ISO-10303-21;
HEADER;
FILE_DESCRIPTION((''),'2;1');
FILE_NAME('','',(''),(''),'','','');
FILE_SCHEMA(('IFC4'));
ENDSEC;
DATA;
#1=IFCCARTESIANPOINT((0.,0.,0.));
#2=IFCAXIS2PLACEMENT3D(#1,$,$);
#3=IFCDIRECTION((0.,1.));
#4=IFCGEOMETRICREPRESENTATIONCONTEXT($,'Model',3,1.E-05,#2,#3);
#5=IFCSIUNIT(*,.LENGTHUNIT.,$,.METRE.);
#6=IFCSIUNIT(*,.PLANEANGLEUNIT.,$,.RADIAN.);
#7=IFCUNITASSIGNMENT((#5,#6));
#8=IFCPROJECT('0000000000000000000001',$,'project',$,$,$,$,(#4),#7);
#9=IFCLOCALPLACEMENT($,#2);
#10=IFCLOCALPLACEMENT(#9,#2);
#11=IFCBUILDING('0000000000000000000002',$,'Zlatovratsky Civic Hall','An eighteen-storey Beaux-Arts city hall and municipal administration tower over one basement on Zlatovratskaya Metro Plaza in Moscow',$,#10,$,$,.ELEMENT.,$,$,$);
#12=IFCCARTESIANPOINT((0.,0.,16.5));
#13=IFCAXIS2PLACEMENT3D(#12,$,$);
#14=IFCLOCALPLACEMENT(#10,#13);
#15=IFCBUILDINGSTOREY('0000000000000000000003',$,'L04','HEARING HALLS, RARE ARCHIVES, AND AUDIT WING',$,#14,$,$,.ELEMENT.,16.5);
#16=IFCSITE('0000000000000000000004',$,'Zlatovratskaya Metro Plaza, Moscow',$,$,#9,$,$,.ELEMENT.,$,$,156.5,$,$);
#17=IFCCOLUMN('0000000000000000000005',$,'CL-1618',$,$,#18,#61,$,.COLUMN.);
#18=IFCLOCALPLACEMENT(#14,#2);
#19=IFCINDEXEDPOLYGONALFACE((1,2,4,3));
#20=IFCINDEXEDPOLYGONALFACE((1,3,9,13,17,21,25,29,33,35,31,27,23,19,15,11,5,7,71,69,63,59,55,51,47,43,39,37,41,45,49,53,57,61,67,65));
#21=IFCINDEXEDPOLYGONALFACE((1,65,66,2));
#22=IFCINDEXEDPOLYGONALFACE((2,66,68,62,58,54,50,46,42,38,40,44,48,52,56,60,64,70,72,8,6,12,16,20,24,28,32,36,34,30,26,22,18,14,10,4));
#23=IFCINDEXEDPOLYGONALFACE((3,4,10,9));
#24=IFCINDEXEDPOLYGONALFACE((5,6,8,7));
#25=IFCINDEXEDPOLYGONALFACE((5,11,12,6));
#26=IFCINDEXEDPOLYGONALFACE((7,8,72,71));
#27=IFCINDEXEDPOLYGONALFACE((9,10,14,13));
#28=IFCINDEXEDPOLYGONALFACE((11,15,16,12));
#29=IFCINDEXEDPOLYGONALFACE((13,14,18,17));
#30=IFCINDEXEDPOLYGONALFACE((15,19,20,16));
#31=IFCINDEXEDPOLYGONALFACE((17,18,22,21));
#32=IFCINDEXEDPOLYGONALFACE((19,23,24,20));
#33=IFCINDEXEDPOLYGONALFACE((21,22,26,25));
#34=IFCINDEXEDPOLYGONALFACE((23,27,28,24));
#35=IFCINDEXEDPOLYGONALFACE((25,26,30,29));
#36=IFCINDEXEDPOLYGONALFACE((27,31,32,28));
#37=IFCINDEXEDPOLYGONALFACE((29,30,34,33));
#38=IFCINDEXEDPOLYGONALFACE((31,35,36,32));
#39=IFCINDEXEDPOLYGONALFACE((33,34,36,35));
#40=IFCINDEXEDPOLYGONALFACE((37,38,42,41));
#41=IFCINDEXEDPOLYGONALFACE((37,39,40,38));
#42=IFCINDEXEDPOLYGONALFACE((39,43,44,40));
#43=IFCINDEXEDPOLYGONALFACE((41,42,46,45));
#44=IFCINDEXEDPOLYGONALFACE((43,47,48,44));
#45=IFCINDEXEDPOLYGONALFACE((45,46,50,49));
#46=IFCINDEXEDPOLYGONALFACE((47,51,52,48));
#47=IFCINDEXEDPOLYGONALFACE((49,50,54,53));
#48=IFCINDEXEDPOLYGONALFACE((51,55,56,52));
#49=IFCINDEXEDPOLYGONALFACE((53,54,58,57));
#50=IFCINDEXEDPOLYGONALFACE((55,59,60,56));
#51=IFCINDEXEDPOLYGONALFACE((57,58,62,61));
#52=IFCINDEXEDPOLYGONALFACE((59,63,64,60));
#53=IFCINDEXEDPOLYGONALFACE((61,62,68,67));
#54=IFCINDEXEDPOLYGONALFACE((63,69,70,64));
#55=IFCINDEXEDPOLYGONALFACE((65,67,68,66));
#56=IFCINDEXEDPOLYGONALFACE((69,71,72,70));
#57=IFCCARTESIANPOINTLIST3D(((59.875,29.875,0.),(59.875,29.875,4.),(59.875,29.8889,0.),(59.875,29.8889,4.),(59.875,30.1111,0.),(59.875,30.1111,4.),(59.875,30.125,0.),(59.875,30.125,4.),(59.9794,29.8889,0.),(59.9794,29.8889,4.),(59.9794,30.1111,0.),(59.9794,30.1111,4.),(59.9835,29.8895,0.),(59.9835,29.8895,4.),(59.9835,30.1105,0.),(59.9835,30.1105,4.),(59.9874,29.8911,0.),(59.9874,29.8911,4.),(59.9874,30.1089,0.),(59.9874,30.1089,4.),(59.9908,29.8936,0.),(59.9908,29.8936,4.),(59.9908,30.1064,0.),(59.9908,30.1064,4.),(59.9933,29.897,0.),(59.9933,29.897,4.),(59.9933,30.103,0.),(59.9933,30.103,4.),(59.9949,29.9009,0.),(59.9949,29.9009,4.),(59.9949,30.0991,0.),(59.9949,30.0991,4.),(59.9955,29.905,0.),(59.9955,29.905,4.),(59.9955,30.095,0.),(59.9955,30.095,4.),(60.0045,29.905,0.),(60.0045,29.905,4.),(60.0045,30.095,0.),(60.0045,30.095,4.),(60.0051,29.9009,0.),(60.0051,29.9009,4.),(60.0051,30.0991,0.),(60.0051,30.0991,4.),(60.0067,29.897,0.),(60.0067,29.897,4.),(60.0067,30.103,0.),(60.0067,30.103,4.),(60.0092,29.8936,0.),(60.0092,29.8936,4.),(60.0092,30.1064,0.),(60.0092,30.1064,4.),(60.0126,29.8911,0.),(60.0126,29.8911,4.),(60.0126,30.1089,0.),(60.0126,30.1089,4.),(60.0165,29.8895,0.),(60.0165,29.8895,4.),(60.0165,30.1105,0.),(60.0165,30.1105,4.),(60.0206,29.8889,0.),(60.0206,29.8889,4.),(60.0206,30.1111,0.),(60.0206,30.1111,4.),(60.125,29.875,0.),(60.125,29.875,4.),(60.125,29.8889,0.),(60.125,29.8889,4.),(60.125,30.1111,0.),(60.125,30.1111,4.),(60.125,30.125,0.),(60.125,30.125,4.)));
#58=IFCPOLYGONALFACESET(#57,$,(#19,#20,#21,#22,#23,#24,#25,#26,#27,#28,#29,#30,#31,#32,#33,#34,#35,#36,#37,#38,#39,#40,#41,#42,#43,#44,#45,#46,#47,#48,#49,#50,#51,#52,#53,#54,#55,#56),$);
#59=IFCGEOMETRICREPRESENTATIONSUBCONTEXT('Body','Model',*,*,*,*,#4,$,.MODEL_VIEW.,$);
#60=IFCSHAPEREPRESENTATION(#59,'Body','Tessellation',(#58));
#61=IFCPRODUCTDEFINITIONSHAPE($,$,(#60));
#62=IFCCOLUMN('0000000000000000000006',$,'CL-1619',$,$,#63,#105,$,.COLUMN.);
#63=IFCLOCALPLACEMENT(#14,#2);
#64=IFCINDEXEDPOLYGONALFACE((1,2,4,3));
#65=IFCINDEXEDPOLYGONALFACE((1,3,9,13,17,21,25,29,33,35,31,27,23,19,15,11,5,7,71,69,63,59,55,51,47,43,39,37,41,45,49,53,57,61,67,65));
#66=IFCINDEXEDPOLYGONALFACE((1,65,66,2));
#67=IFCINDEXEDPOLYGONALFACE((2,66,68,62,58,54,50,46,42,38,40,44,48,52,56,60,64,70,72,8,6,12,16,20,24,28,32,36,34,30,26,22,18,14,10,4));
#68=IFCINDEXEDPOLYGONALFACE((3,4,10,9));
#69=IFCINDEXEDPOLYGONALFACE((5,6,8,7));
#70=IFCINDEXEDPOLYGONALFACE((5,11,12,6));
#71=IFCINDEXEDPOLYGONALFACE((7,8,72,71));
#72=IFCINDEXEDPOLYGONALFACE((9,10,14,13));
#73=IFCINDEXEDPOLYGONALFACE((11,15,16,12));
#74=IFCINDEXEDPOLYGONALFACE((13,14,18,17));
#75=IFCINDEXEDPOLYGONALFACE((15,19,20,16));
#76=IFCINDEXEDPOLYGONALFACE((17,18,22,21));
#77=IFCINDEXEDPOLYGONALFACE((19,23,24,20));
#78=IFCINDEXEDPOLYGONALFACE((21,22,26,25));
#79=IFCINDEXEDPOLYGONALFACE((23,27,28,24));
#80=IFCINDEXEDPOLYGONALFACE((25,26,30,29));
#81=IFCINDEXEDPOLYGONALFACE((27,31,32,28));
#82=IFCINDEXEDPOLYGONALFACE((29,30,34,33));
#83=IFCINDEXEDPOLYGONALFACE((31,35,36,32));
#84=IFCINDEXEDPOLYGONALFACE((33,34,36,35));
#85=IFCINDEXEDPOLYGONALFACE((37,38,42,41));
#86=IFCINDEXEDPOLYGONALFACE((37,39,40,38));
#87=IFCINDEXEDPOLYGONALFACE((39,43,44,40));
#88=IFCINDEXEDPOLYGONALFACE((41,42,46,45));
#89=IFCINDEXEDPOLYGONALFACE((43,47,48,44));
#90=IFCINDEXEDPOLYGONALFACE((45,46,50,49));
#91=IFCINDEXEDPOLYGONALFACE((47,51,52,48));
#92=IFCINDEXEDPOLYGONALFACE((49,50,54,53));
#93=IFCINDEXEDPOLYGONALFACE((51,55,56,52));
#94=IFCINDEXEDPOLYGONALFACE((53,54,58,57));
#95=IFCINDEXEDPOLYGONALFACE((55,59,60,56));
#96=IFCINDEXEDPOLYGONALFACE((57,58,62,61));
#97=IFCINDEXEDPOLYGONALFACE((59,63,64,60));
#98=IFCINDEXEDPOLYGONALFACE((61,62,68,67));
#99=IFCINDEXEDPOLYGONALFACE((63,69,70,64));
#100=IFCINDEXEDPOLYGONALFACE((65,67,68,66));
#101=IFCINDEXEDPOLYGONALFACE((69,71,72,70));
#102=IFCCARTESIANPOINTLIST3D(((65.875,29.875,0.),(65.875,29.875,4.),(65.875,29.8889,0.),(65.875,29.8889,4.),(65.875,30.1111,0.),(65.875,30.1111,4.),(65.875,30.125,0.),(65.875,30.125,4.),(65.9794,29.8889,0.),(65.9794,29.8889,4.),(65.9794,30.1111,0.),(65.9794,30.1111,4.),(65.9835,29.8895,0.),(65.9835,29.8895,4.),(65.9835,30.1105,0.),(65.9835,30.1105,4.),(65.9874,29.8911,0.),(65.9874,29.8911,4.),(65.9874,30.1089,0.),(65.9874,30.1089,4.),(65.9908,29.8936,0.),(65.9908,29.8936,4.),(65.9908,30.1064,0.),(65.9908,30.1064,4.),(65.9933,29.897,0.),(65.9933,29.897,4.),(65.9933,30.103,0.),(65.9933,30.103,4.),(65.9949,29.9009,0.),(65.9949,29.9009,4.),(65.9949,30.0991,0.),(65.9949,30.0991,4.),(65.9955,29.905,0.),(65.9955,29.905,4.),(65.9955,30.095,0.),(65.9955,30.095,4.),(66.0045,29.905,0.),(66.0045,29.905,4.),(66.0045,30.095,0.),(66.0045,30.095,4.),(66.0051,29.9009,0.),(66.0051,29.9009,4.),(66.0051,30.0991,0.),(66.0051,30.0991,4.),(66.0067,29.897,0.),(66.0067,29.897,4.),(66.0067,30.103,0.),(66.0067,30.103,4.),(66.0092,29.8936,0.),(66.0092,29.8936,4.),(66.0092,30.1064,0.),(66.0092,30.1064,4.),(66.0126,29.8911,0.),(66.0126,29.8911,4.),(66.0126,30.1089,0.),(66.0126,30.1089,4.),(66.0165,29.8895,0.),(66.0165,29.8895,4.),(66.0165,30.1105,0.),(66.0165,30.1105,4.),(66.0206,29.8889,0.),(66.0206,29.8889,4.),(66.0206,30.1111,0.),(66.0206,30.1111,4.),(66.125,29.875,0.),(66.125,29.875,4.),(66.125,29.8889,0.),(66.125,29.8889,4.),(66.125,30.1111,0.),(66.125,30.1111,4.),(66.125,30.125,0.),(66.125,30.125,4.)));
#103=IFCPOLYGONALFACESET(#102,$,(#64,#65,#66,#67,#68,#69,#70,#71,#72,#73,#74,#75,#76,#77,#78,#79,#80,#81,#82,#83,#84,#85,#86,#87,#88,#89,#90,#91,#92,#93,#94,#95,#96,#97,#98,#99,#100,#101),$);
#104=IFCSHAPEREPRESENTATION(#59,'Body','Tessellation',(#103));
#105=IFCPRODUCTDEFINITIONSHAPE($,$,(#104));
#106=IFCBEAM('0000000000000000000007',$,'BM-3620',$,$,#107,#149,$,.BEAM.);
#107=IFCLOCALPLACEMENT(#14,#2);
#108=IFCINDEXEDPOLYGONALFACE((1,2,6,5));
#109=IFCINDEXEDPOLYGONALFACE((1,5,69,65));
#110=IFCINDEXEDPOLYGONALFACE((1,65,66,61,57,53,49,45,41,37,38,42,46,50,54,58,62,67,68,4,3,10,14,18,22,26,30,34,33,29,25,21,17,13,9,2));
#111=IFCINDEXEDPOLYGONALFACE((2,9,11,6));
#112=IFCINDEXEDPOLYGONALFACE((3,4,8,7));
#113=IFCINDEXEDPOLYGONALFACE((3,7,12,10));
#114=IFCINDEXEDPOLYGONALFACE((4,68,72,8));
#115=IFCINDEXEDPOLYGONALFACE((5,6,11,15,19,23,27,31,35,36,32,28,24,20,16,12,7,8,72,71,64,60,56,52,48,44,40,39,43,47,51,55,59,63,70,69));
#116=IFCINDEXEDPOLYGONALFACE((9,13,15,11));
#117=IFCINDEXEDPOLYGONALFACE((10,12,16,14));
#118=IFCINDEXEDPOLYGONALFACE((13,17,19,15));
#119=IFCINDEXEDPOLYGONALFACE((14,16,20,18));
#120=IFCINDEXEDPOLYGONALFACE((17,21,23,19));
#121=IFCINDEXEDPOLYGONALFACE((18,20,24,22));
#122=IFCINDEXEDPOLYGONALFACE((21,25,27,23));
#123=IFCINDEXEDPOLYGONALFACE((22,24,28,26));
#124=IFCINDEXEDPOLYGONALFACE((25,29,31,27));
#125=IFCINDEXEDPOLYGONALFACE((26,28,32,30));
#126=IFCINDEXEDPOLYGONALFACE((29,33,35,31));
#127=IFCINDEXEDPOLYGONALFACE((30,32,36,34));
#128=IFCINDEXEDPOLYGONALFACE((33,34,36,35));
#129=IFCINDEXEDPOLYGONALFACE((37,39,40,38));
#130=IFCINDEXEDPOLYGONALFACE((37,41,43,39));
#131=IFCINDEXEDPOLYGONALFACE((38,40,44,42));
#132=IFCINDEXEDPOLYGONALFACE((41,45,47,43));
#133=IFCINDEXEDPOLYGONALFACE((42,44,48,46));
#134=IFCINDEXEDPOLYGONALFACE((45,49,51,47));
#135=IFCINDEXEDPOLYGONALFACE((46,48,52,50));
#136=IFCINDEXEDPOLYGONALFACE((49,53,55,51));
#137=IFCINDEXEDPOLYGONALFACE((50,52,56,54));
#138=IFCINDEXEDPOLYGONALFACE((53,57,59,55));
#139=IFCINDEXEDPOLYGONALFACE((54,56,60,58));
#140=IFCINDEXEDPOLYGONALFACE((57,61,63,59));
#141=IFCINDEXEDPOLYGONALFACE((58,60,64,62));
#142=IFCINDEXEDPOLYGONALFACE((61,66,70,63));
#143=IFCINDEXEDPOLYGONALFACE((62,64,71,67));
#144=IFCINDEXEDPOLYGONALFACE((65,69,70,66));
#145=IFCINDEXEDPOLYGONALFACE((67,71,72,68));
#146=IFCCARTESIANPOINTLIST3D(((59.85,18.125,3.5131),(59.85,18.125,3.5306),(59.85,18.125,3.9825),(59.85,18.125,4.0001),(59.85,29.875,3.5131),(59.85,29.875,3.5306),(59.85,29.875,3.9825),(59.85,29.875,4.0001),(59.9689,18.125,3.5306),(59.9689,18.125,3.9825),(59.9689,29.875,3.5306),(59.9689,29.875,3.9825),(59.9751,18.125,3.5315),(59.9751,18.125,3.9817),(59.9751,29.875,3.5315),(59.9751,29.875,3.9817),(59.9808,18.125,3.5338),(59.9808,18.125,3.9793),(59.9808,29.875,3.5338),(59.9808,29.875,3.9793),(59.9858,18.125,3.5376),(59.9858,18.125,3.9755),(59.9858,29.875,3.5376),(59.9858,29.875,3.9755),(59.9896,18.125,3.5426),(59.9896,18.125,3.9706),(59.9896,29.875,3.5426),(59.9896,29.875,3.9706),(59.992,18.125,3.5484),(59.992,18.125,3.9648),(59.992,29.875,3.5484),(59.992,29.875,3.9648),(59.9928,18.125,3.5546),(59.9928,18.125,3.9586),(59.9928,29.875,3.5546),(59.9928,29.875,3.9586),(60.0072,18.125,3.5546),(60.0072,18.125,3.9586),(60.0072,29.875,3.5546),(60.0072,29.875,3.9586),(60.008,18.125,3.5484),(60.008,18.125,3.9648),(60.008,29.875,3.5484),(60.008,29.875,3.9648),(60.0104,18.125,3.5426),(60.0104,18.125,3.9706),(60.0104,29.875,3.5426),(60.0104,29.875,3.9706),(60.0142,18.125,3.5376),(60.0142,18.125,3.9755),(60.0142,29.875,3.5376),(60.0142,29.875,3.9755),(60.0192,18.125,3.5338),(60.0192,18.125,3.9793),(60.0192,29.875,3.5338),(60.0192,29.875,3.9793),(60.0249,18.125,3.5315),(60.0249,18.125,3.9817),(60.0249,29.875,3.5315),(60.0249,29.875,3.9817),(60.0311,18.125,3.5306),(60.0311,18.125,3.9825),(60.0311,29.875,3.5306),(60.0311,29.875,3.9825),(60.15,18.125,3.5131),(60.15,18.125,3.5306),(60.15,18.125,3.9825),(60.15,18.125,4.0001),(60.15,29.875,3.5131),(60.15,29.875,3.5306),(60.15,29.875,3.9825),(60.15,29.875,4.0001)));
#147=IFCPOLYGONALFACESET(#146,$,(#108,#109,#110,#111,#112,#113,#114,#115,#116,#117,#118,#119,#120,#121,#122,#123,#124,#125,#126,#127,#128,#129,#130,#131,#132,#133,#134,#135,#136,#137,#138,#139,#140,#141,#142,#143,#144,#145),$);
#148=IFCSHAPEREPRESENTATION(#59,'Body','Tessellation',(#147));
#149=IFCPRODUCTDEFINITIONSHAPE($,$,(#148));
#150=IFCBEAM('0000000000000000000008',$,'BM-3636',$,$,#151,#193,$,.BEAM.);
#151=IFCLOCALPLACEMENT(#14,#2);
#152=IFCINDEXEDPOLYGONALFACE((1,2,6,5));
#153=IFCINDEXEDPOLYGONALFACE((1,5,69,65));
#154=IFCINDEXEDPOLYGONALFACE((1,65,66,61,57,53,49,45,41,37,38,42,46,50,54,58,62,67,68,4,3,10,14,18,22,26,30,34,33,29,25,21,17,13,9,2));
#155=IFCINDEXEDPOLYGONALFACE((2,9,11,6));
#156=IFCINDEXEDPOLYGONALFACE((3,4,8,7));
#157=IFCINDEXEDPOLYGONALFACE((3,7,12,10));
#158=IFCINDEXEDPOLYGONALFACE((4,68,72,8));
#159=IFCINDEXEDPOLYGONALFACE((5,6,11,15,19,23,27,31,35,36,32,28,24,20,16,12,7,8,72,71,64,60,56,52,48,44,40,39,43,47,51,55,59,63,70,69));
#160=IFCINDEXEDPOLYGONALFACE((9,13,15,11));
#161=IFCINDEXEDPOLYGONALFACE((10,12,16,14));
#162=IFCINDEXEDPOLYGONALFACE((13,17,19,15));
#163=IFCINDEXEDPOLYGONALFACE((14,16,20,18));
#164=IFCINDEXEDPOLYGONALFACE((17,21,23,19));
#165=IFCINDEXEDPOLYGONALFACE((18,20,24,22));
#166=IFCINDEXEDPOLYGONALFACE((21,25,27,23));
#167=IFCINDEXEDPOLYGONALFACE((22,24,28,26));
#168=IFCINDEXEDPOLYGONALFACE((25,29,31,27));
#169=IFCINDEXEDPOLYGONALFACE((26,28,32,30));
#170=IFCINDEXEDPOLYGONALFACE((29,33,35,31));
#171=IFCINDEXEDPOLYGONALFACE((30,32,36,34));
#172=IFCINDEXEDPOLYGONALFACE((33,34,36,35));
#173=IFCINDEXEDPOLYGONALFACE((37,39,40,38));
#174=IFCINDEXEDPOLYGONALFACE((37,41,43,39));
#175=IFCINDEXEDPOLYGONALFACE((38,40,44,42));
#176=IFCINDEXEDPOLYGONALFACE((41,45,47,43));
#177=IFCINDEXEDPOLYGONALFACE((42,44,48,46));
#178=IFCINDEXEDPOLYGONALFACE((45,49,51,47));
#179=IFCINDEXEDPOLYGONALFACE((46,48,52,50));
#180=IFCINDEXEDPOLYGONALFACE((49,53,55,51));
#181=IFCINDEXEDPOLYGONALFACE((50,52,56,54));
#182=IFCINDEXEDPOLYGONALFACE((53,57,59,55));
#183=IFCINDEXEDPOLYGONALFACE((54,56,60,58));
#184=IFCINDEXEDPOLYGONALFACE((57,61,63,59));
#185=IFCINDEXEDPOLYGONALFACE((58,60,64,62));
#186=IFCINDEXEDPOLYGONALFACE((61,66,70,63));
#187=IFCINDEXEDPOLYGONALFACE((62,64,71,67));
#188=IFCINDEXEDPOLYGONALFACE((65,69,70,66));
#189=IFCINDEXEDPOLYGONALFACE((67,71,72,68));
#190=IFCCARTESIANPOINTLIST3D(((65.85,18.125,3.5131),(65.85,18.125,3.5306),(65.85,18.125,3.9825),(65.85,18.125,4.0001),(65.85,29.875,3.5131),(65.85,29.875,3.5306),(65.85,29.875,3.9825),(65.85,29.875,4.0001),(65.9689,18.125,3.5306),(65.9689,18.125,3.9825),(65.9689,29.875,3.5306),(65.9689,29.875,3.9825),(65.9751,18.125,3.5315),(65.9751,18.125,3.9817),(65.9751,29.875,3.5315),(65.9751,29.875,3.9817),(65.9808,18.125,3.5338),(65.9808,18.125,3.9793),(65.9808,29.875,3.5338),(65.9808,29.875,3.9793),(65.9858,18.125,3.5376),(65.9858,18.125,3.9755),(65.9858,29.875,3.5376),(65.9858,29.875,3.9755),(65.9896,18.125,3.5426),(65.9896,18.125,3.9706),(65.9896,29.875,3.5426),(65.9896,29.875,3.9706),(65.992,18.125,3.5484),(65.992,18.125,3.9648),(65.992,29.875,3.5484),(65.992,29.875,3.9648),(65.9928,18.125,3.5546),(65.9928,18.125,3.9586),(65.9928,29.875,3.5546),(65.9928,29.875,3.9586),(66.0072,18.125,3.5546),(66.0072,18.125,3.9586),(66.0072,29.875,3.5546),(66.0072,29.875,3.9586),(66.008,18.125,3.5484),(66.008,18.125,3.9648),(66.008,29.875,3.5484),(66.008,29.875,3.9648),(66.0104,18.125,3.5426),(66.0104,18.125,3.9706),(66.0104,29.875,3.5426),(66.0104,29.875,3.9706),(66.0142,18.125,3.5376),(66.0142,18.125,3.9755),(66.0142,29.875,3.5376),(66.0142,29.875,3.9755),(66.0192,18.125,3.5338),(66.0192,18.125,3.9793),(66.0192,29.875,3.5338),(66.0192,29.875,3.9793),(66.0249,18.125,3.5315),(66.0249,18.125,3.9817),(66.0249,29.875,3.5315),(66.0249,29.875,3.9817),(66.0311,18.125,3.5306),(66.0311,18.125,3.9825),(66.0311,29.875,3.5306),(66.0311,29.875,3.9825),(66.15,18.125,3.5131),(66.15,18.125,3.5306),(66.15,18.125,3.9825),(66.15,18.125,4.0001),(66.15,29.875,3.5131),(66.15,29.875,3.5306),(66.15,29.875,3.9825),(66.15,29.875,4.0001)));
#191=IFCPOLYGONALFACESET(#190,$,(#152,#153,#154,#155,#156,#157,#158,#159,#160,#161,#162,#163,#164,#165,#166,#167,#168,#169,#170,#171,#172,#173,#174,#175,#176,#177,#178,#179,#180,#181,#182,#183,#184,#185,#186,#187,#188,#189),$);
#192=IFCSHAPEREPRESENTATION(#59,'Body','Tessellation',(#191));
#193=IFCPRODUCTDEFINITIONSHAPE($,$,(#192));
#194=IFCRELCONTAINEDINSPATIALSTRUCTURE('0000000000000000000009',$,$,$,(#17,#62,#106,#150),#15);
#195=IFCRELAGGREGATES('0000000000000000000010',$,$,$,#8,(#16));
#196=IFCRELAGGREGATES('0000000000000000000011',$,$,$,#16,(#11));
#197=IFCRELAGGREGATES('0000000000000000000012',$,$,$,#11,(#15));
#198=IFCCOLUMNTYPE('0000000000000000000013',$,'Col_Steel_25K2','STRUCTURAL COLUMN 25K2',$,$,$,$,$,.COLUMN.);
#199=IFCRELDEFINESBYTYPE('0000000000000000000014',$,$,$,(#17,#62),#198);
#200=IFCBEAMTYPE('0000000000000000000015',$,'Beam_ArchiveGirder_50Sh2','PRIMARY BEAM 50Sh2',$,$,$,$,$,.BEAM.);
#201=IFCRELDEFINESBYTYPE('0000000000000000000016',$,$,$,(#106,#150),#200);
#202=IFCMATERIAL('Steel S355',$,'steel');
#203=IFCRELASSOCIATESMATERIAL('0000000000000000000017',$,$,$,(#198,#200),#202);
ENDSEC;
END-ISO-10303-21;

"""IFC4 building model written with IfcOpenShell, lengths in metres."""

from ifc_helpers import new_model, si_unit, direction, frame, origin, origin_2d, place, context, subcontext, project, spatial, i_section, extrude, material, material_profile, profile_set, type_object, element, save


model = new_model("IFC4")

# Units and contexts
model_context = context("Model", 3, precision=1e-05, world=origin(), true_north=direction((0.0, 1.0)))
body_context = subcontext(model_context, "Body", "Model", "MODEL_VIEW")
ifc_project = project(units=[si_unit("LENGTHUNIT", "METRE"), si_unit("PLANEANGLEUNIT", "RADIAN")], contexts=[model_context])

# Site, building, storey
site_placement = place(None, origin())
site = spatial("IfcSite", under=ifc_project, at=site_placement, Name="Zlatovratskaya Metro Plaza, Moscow", CompositionType="ELEMENT", RefElevation=156.5)
building_placement = place(site_placement, origin())
building = spatial("IfcBuilding", under=site, at=building_placement, Name="Zlatovratsky Civic Hall", Description="An eighteen-storey Beaux-Arts city hall and municipal administration tower over one basement on Zlatovratskaya Metro Plaza in Moscow", CompositionType="ELEMENT")
storey_placement = place(building_placement, frame((0.0, 0.0, 16.5)))
storey = spatial("IfcBuildingStorey", under=building, at=storey_placement, Name="L04", Description="HEARING HALLS, RARE ARCHIVES, AND AUDIT WING", CompositionType="ELEMENT", Elevation=16.5)

# Columns
ifc_material_1 = material(Name="Steel S355", Category="steel")
ifc_material_profile_1 = material_profile(ifc_material_1, i_section(OverallWidth=0.25, OverallDepth=0.25, WebThickness=0.009, FlangeThickness=0.0139, FilletRadius=0.0161, at=origin_2d()), Name="25K2")
ifc_profile_set_1 = profile_set([ifc_material_profile_1], Name="Steel S355")
column_type = type_object("IfcColumnType", Name="Col_Steel_25K2", Description="STRUCTURAL COLUMN 25K2", PredefinedType="COLUMN", material=ifc_profile_set_1)
for number, where, z_axis, x_axis, name in (
    (1, (60.0, 30.0, 0.0), (0.0, 0.0, 1.0), (1.0, 0.0, 0.0), "CL-1618"),
    (2, (66.0, 30.0, 0.0), (0.0, 0.0, 1.0), (1.0, 0.0, 0.0), "CL-1619"),
):
    element("IfcColumn", number, at=place(storey_placement, frame(where, z_axis=z_axis, x_axis=x_axis)), inside=storey, type_object=column_type, Name=name, PredefinedType="COLUMN", context=body_context, shape_type="SweptSolid", body=[
        extrude(i_section(OverallWidth=0.25, OverallDepth=0.25, WebThickness=0.009, FlangeThickness=0.0139, FilletRadius=0.0161, at=origin_2d()), origin(), (0.0, 0.0, 1.0), 4.0),
    ])

# Beams
ifc_material_profile_2 = material_profile(ifc_material_1, i_section(OverallWidth=0.3, OverallDepth=0.4871, WebThickness=0.0144, FlangeThickness=0.0176, FilletRadius=0.0239, at=origin_2d()), Name="50Sh2")
ifc_profile_set_2 = profile_set([ifc_material_profile_2], Name="Steel S355")
beam_type_1 = type_object("IfcBeamType", Name="Beam_ArchiveGirder_50Sh2", Description="PRIMARY BEAM 50Sh2", PredefinedType="BEAM", material=ifc_profile_set_2)
for number, where, z_axis, x_axis, name in (
    (3, (60.0, 18.125, 3.7566), (0.0, 1.0, 0.0), (-1.0, 0.0, 0.0), "BM-3620"),
    (4, (66.0, 18.125, 3.7566), (0.0, 1.0, 0.0), (-1.0, 0.0, 0.0), "BM-3636"),
):
    element("IfcBeam", number, at=place(storey_placement, frame(where, z_axis=z_axis, x_axis=x_axis)), inside=storey, type_object=beam_type_1, Name=name, PredefinedType="BEAM", context=body_context, shape_type="SweptSolid", body=[
        extrude(i_section(OverallWidth=0.3, OverallDepth=0.4871, WebThickness=0.0144, FlangeThickness=0.0176, FilletRadius=0.0239, at=origin_2d()), origin(), (0.0, 0.0, 1.0), 11.75),
    ])

save(model, "model.ifc")
